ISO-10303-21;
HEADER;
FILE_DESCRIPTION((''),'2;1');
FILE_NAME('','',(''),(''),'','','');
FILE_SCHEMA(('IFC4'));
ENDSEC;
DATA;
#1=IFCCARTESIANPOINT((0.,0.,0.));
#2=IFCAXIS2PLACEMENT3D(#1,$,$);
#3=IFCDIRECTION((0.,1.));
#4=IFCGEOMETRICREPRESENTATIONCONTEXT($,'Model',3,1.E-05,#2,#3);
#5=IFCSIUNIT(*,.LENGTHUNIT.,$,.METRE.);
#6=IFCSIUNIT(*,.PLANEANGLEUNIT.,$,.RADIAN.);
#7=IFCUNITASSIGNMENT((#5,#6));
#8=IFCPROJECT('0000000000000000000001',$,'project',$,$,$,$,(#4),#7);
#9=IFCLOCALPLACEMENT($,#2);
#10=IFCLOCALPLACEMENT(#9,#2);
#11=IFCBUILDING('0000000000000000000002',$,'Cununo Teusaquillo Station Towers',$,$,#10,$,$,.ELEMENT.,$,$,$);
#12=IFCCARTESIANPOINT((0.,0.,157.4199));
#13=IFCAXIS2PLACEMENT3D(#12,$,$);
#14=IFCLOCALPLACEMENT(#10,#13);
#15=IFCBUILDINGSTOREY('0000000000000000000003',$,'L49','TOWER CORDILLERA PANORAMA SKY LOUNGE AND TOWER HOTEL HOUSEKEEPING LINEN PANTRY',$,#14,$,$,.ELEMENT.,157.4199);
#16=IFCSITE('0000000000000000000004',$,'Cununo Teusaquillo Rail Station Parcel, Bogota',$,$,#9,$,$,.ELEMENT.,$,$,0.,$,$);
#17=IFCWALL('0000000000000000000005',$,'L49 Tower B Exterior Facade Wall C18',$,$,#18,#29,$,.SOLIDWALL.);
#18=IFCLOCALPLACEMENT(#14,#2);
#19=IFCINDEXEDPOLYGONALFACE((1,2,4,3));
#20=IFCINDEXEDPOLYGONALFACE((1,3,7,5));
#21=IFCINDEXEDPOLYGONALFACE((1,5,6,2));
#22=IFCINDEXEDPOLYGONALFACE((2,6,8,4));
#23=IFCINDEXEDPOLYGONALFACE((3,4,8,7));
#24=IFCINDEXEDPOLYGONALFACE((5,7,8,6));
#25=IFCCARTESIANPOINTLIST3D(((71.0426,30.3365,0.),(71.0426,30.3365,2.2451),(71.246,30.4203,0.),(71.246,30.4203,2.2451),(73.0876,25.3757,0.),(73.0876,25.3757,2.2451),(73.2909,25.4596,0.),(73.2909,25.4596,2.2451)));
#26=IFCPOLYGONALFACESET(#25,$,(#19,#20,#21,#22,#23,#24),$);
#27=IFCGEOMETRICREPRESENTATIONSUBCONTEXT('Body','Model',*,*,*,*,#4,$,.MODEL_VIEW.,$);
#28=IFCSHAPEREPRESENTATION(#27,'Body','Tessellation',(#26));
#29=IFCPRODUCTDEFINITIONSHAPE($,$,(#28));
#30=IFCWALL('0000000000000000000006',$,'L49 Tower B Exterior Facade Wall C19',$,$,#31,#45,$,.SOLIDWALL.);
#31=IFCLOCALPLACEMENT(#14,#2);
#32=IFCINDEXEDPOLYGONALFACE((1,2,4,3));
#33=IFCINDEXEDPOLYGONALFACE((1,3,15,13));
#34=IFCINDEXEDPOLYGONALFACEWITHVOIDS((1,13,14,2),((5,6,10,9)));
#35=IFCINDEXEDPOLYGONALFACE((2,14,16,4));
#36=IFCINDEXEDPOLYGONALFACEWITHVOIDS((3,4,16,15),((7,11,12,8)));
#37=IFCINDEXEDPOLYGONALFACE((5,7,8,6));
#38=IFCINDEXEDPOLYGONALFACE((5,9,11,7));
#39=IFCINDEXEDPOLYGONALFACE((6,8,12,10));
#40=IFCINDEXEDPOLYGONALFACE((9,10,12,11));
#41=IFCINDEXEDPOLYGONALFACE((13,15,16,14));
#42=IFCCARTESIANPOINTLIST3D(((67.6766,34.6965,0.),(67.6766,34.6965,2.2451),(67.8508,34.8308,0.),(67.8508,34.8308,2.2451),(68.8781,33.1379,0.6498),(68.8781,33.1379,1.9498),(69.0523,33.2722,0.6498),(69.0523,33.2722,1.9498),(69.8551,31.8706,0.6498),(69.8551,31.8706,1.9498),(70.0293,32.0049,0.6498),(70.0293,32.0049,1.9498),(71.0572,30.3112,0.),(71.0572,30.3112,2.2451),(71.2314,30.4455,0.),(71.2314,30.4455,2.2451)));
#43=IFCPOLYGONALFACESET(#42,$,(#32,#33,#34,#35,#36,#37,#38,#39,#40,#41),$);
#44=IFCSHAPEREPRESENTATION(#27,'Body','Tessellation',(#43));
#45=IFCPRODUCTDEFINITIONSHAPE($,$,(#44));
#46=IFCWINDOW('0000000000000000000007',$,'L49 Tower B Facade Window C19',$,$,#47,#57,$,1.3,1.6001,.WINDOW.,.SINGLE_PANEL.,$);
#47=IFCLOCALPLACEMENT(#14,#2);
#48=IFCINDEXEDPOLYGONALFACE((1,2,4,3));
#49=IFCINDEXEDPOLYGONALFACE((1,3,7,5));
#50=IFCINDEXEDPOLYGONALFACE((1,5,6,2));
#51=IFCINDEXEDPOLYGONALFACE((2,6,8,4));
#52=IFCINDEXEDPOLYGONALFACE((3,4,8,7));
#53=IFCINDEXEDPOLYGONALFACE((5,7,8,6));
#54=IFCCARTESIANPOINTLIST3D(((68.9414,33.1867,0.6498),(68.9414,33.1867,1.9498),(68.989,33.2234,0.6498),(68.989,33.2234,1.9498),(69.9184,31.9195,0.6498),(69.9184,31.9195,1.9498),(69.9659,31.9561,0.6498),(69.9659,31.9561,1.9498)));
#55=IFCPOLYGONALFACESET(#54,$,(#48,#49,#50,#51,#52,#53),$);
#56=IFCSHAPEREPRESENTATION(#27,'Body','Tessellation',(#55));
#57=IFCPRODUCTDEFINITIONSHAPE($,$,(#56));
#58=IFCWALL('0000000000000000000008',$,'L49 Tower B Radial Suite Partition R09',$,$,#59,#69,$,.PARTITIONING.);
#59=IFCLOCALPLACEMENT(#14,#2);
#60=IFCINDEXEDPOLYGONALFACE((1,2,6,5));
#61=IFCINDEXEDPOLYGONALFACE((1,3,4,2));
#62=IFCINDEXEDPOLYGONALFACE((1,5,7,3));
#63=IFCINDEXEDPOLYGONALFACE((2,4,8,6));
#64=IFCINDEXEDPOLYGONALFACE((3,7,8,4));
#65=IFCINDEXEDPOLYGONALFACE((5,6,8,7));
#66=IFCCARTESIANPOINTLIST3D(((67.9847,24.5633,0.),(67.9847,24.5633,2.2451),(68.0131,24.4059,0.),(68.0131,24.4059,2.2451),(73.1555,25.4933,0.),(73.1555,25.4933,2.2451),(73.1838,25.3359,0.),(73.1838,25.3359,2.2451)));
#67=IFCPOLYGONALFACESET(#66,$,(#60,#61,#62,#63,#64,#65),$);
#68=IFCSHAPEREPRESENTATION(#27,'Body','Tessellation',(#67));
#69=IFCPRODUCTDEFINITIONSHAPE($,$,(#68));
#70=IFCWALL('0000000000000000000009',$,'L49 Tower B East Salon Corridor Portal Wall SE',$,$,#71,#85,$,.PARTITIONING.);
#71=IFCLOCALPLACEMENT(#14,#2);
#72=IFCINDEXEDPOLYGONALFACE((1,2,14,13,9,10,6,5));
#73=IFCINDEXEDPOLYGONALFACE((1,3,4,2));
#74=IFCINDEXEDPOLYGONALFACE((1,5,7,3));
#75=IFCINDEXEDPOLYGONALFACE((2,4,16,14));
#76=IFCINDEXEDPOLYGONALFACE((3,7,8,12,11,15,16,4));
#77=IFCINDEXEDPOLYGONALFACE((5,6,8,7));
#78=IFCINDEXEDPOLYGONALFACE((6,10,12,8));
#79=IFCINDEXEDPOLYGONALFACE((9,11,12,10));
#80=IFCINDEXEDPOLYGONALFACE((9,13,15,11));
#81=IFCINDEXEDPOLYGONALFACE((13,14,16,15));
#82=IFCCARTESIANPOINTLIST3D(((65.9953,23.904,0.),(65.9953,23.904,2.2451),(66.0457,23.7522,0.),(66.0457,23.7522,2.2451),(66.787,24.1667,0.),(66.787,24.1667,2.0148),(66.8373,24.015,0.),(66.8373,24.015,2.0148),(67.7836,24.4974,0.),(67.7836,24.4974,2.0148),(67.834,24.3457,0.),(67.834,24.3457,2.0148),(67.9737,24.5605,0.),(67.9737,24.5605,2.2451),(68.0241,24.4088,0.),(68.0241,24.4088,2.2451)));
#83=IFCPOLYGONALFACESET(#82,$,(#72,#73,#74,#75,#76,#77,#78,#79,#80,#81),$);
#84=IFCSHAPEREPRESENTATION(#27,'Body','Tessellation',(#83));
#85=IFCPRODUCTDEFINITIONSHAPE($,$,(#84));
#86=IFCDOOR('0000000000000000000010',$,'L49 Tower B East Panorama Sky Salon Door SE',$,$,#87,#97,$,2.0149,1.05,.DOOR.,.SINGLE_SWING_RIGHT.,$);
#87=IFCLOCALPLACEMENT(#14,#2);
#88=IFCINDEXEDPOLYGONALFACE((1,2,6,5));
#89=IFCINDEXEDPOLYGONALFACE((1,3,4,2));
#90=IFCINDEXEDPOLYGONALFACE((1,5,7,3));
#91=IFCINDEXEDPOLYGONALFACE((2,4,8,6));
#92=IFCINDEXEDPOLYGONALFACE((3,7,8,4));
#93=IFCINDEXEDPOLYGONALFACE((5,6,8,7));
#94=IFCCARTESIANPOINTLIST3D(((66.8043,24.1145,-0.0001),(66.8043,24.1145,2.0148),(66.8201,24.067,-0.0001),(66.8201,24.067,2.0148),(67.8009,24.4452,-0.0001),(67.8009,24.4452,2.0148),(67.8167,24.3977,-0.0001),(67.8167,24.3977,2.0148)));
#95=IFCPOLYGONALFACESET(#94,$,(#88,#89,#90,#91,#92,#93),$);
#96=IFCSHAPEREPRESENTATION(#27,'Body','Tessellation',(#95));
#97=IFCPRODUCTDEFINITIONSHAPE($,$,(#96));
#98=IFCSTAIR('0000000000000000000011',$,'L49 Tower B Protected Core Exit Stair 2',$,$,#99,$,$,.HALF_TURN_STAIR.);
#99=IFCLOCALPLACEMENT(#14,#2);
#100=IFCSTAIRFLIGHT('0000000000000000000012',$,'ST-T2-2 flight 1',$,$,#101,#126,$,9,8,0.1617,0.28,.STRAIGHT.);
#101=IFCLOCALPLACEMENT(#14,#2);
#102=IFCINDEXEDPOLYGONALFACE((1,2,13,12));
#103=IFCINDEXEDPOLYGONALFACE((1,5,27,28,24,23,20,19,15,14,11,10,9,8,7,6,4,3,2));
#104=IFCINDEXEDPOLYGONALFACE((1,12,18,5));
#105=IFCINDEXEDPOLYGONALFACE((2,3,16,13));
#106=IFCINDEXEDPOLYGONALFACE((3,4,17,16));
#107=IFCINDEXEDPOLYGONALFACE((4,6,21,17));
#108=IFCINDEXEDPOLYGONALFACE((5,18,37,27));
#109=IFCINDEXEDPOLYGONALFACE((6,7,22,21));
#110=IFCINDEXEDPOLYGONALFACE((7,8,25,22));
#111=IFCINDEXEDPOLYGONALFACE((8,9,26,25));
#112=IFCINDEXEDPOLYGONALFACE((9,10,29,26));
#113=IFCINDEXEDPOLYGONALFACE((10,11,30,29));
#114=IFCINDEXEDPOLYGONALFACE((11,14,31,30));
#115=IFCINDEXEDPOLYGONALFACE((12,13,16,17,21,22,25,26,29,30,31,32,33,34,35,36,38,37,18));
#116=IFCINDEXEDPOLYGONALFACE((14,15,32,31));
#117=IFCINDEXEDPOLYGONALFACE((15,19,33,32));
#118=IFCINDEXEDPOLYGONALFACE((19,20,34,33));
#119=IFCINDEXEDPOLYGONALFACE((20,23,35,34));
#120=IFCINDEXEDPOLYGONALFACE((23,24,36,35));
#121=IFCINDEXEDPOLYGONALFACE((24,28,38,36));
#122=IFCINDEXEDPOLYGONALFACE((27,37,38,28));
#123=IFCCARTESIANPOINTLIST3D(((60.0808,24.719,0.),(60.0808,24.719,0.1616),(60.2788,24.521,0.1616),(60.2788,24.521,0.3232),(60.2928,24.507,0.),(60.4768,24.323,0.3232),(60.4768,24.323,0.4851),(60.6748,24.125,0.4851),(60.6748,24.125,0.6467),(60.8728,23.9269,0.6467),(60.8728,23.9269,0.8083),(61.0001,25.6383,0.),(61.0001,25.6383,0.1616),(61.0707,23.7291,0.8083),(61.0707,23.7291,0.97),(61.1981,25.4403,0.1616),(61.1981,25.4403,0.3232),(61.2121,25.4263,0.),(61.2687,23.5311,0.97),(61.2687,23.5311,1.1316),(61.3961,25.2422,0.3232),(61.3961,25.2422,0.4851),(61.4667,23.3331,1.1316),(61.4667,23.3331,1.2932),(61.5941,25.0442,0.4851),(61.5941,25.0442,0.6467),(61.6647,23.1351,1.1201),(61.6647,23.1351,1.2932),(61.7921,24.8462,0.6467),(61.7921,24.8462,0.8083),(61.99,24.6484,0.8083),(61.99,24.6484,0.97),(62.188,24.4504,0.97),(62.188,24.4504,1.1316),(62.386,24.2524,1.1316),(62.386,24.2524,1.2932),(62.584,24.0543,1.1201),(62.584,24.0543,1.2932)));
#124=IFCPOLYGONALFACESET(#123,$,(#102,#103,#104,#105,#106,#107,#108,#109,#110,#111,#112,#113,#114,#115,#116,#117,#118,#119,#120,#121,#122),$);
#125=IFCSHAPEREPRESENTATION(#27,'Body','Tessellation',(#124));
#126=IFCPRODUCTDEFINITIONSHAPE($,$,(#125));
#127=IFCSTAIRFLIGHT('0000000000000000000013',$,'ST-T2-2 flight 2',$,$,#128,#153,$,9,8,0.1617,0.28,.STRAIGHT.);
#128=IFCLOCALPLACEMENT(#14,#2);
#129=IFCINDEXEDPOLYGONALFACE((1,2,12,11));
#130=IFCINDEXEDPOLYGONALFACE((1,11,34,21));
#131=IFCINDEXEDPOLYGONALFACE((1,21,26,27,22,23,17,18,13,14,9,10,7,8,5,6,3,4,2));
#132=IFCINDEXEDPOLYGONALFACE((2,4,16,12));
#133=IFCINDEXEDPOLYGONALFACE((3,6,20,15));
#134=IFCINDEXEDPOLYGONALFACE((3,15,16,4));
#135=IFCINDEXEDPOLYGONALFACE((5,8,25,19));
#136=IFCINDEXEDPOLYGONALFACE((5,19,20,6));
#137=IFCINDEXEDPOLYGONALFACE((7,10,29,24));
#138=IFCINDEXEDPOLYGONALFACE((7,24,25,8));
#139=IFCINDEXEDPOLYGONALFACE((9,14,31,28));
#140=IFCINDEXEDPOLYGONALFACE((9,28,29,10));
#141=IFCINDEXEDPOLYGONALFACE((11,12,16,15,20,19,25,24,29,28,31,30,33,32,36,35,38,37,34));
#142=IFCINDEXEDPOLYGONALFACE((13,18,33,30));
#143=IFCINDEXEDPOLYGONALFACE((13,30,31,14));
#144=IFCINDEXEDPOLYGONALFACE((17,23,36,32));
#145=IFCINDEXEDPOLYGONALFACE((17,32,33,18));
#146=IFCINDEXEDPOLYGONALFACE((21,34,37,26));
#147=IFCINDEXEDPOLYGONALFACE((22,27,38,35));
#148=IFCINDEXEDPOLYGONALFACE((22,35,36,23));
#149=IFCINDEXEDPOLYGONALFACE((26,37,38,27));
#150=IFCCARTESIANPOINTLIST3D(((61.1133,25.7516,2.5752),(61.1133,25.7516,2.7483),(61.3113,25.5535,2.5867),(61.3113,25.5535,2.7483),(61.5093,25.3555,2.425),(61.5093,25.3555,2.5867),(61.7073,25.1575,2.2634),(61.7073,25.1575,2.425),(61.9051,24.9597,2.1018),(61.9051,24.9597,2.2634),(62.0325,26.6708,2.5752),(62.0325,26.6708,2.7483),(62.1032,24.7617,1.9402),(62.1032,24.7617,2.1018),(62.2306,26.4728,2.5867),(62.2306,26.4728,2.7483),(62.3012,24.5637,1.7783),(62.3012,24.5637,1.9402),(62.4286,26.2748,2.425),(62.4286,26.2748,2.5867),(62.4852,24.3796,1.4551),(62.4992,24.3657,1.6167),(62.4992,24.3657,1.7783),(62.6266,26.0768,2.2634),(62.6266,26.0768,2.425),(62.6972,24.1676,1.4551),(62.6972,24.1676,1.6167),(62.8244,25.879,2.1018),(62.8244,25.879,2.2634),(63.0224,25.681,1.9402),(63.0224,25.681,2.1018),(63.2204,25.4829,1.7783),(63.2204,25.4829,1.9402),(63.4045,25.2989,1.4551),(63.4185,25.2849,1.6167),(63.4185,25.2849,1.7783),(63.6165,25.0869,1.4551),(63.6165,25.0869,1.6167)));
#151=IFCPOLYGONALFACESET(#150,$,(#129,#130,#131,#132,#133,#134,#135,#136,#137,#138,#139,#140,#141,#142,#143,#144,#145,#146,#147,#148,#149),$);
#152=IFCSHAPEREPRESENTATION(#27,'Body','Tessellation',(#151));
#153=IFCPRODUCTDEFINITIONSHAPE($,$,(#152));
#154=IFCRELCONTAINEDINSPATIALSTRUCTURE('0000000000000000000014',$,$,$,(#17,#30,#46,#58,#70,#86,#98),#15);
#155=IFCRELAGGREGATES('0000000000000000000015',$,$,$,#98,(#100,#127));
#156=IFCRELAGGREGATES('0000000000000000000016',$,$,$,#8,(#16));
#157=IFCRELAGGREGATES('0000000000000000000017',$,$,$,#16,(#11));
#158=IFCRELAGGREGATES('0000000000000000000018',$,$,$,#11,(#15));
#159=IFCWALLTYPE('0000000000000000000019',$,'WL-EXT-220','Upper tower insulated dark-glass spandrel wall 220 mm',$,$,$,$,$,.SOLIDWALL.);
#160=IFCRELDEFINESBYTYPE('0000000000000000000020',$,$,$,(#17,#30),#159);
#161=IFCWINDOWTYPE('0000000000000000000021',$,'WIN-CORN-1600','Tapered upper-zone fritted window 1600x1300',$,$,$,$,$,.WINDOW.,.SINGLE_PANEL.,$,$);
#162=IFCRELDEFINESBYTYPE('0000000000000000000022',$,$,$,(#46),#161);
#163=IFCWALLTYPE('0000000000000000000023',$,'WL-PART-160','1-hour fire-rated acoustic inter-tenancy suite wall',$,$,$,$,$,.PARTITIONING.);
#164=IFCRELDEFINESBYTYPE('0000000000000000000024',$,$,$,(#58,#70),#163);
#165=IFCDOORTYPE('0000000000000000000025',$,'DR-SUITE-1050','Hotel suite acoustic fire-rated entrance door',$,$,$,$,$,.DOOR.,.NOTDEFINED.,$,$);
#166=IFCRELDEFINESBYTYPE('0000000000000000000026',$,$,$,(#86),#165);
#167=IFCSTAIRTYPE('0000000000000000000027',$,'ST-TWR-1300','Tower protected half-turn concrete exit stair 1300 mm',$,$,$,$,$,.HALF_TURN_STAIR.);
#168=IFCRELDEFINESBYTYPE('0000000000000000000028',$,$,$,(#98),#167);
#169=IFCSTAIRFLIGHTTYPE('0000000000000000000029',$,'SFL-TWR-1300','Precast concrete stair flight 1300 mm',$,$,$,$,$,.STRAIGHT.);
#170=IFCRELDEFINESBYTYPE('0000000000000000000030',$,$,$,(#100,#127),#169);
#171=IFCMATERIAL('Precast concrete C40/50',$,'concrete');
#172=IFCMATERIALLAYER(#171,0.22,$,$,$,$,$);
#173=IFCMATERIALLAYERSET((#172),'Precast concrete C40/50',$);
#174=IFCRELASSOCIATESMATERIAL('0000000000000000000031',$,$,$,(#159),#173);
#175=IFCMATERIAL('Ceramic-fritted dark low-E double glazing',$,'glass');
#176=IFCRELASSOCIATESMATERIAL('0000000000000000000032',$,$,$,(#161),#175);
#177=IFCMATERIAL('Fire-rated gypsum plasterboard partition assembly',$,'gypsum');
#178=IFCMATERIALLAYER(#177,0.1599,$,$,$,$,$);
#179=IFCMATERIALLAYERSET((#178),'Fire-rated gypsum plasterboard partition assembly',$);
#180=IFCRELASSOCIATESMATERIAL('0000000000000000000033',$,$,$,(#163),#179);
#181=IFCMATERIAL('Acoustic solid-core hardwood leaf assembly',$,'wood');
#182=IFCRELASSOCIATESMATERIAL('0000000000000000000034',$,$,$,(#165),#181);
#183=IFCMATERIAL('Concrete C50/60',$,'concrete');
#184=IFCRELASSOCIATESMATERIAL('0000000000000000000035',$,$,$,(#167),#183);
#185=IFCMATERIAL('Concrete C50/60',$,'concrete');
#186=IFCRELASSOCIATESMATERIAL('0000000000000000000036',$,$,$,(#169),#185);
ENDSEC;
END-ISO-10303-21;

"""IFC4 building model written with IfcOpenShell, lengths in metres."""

from ifc_helpers import new_model, si_unit, direction, frame, frame_2d, origin, place, context, subcontext, project, spatial, polyline, rectangle, outline, extrude, source, transform, mapped, material, layer, layer_set, type_object, element, fill, aggregate, save


model = new_model("IFC4")

# Units and contexts
model_context = context("Model", 3, precision=1e-05, world=origin(), true_north=direction((0.0, 1.0)))
body_context = subcontext(model_context, "Body", "Model", "MODEL_VIEW")
ifc_project = project(units=[si_unit("LENGTHUNIT", "METRE"), si_unit("PLANEANGLEUNIT", "RADIAN")], contexts=[model_context])

# Site, building, storey
site_placement = place(None, origin())
site = spatial("IfcSite", under=ifc_project, at=site_placement, Name="Cununo Teusaquillo Rail Station Parcel, Bogota", CompositionType="ELEMENT", RefElevation=0.0)
building_placement = place(site_placement, origin())
building = spatial("IfcBuilding", under=site, at=building_placement, Name="Cununo Teusaquillo Station Towers", CompositionType="ELEMENT")
storey_placement = place(building_placement, frame((0.0, 0.0, 157.4199)))
storey = spatial("IfcBuildingStorey", under=building, at=storey_placement, Name="L49", Description="TOWER CORDILLERA PANORAMA SKY LOUNGE AND TOWER HOTEL HOUSEKEEPING LINEN PANTRY", CompositionType="ELEMENT", Elevation=157.4199)

# Shared definitions
ifc_material_1 = material(Name="Precast concrete C40/50", Category="concrete")
ifc_layer_1 = layer(ifc_material_1, 0.22)
ifc_layer_set_1 = layer_set([ifc_layer_1], Name="Precast concrete C40/50")
wall_type_1 = type_object("IfcWallType", Name="WL-EXT-220", Description="Upper tower insulated dark-glass spandrel wall 220 mm", PredefinedType="SOLIDWALL", material=ifc_layer_set_1)
shared_shape_1 = source(origin(), body_context, "Body", "SweptSolid", [
    extrude(rectangle(XDim=1.6001, YDim=1.3, at=frame_2d((0.8, 0.6499))), frame((0.0, 0.1199, 0.0), z_axis=(0.0, -1.0, 0.0), x_axis=(1.0, 0.0, 0.0)), (0.0, 0.0, 1.0), 0.24),
])
ifc_material_2 = material(Name="Ceramic-fritted dark low-E double glazing", Category="glass")
window_type = type_object("IfcWindowType", Name="WIN-CORN-1600", Description="Tapered upper-zone fritted window 1600x1300", PartitioningType="SINGLE_PANEL", PredefinedType="WINDOW", material=ifc_material_2)
shared_shape_2 = source(origin(), body_context, "Body", "SweptSolid", [
    extrude(rectangle(XDim=1.6001, YDim=1.3, at=frame_2d((0.8, 0.6499))), frame((0.0, 0.03, 0.0), z_axis=(0.0, -1.0, 0.0), x_axis=(1.0, 0.0, 0.0)), (0.0, 0.0, 1.0), 0.0601),
])

# Wall
wall_1_placement = place(storey_placement, frame((71.1443, 30.3784, 0.0), z_axis=(0.0, 0.0, 1.0), x_axis=(0.381114, -0.924528, 0.0)))
element("IfcWall", 1, at=wall_1_placement, inside=storey, type_object=wall_type_1, Name="L49 Tower B Exterior Facade Wall C18", PredefinedType="SOLIDWALL", context=body_context, shape_type="SweptSolid", body=[
    extrude(rectangle(XDim=5.3657, YDim=0.22, at=frame_2d((2.6829, 0.0))), origin(), (0.0, 0.0, 1.0), 2.2451),
])

# Wall, opening, window
wall_2_placement = place(storey_placement, frame((67.7637, 34.7637, 0.0), z_axis=(0.0, 0.0, 1.0), x_axis=(0.610544, -0.791983, 0.0)))
wall_2 = element("IfcWall", 2, at=wall_2_placement, inside=storey, type_object=wall_type_1, Name="L49 Tower B Exterior Facade Wall C19", PredefinedType="SOLIDWALL", context=body_context, shape_type="SweptSolid", body=[
    extrude(rectangle(XDim=5.5371, YDim=0.22, at=frame_2d((2.7686, 0.0))), origin(), (0.0, 0.0, 1.0), 2.2451),
])
opening_1_placement = place(wall_2_placement, frame((1.968, 0.0, 0.6499)))
opening_1 = element("IfcOpeningElement", 3, at=opening_1_placement, cuts=wall_2, PredefinedType="OPENING", context=body_context, shape_type="MappedRepresentation", body=[
    mapped(shared_shape_1, transform((0.0, 0.0, 0.0), x_axis=(1.0, 0.0, 0.0), y_axis=(0.0, 1.0, 0.0), z_axis=(0.0, 0.0, 1.0), scale=1.0)),
])
window_1_placement = place(opening_1_placement, origin())
window_1 = element("IfcWindow", 4, at=window_1_placement, inside=storey, type_object=window_type, Name="L49 Tower B Facade Window C19", OverallHeight=1.3, OverallWidth=1.6001, PartitioningType="SINGLE_PANEL", PredefinedType="WINDOW", context=body_context, shape_type="MappedRepresentation", body=[
    mapped(shared_shape_2, transform((0.0, 0.0, 0.0), x_axis=(1.0, 0.0, 0.0), y_axis=(0.0, 1.0, 0.0), z_axis=(0.0, 0.0, 1.0), scale=1.0)),
])
fill(opening_1, window_1)

# Wall
ifc_material_3 = material(Name="Fire-rated gypsum plasterboard partition assembly", Category="gypsum")
ifc_layer_2 = layer(ifc_material_3, 0.1599)
ifc_layer_set_2 = layer_set([ifc_layer_2], Name="Fire-rated gypsum plasterboard partition assembly")
wall_type_2 = type_object("IfcWallType", Name="WL-PART-160", Description="1-hour fire-rated acoustic inter-tenancy suite wall", PredefinedType="PARTITIONING", material=ifc_layer_set_2)
wall_3_placement = place(storey_placement, frame((67.9988, 24.4846, 0.0), z_axis=(0.0, 0.0, 1.0), x_axis=(0.984209, 0.177008, 0.0)))
element("IfcWall", 5, at=wall_3_placement, inside=storey, type_object=wall_type_2, Name="L49 Tower B Radial Suite Partition R09", PredefinedType="PARTITIONING", context=body_context, shape_type="SweptSolid", body=[
    extrude(rectangle(XDim=5.2537, YDim=0.1599, at=frame_2d((2.627, 0.0))), origin(), (0.0, 0.0, 1.0), 2.2451),
])

# Wall, opening, door
wall_4_placement = place(storey_placement, frame((66.0205, 23.8281, 0.0), z_axis=(0.0, 0.0, 1.0), x_axis=(0.949104, 0.314962, 0.0)))
wall_4 = element("IfcWall", 6, at=wall_4_placement, inside=storey, type_object=wall_type_2, Name="L49 Tower B East Salon Corridor Portal Wall SE", PredefinedType="PARTITIONING", context=body_context, shape_type="SweptSolid", body=[
    extrude(rectangle(XDim=2.0845, YDim=0.1599, at=frame_2d((1.0422, 0.0))), origin(), (0.0, 0.0, 1.0), 2.2451),
])
shared_shape_3 = source(origin(), body_context, "Body", "SweptSolid", [
    extrude(rectangle(XDim=1.05, YDim=2.0149, at=frame_2d((0.5249, 1.0073))), frame((0.0, 0.0898, 0.0), z_axis=(0.0, -1.0, 0.0), x_axis=(1.0, 0.0, 0.0)), (0.0, 0.0, 1.0), 0.1799),
])
opening_2_placement = place(wall_4_placement, frame((0.8342, 0.0, 0.0)))
opening_2 = element("IfcOpeningElement", 7, at=opening_2_placement, cuts=wall_4, PredefinedType="OPENING", context=body_context, shape_type="MappedRepresentation", body=[
    mapped(shared_shape_3, transform((0.0, 0.0, 0.0), x_axis=(1.0, 0.0, 0.0), y_axis=(0.0, 1.0, 0.0), z_axis=(0.0, 0.0, 1.0), scale=1.0)),
])
ifc_material_4 = material(Name="Acoustic solid-core hardwood leaf assembly", Category="wood")
door_type = type_object("IfcDoorType", Name="DR-SUITE-1050", Description="Hotel suite acoustic fire-rated entrance door", OperationType="NOTDEFINED", PredefinedType="DOOR", material=ifc_material_4)
shared_shape_4 = source(origin(), body_context, "Body", "SweptSolid", [
    extrude(rectangle(XDim=1.05, YDim=2.0149, at=frame_2d((0.5249, 1.0073))), frame((0.0, 0.0249, 0.0), z_axis=(0.0, -1.0, 0.0), x_axis=(1.0, 0.0, 0.0)), (0.0, 0.0, 1.0), 0.05),
])
door_placement = place(opening_2_placement, origin())
door = element("IfcDoor", 8, at=door_placement, inside=storey, type_object=door_type, Name="L49 Tower B East Panorama Sky Salon Door SE", OperationType="SINGLE_SWING_RIGHT", OverallHeight=2.0149, OverallWidth=1.05, PredefinedType="DOOR", context=body_context, shape_type="MappedRepresentation", body=[
    mapped(shared_shape_4, transform((0.0, 0.0, 0.0), x_axis=(1.0, 0.0, 0.0), y_axis=(0.0, 1.0, 0.0), z_axis=(0.0, 0.0, 1.0), scale=1.0)),
])
fill(opening_2, door)

# Stair, stair flights
ifc_material_5 = material(Name="Concrete C50/60", Category="concrete")
stair_type = type_object("IfcStairType", Name="ST-TWR-1300", Description="Tower protected half-turn concrete exit stair 1300 mm", PredefinedType="HALF_TURN_STAIR", material=ifc_material_5)
stair_placement = place(storey_placement, origin())
stair = element("IfcStair", 9, at=stair_placement, inside=storey, type_object=stair_type, Name="L49 Tower B Protected Core Exit Stair 2", PredefinedType="HALF_TURN_STAIR")
ifc_material_6 = material(Name="Concrete C50/60", Category="concrete")
stair_flight_type = type_object("IfcStairFlightType", Name="SFL-TWR-1300", Description="Precast concrete stair flight 1300 mm", PredefinedType="STRAIGHT", material=ifc_material_6)
stair_flight_1_placement = place(storey_placement, frame((60.5405, 25.1787, 0.0), z_axis=(0.0, 0.0, 1.0), x_axis=(0.707107, -0.707107, 0.0)))
stair_flight_1 = element("IfcStairFlight", 10, at=stair_flight_1_placement, type_object=stair_flight_type, Name="ST-T2-2 flight 1", NumberOfRisers=9, NumberOfTreads=8, PredefinedType="STRAIGHT", RiserHeight=0.1617, TreadLength=0.28, context=body_context, shape_type="SweptSolid", body=[
    extrude(outline(polyline([(0.0, 0.0), (0.0, 0.1616), (0.28, 0.1616), (0.28, 0.3232), (0.5601, 0.3232), (0.5601, 0.4851), (0.8401, 0.4851), (0.8401, 0.6467), (1.1201, 0.6467), (1.1201, 0.8083), (1.3999, 0.8083), (1.3999, 0.97), (1.6799, 0.97), (1.6799, 1.1316), (1.96, 1.1316), (1.96, 1.2932), (2.24, 1.2932), (2.24, 1.4551), (2.24, 1.1201), (0.2998, 0.0), (0.0, 0.0)])), frame((0.0, 0.6499, 0.0), z_axis=(0.0, -1.0, 0.0), x_axis=(1.0, 0.0, 0.0)), (0.0, 0.0, 1.0), 1.3),
])
stair_flight_2_placement = place(storey_placement, frame((63.1567, 24.6272, 1.4551), z_axis=(0.0, 0.0, 1.0), x_axis=(-0.707107, 0.707107, 0.0)))
stair_flight_2 = element("IfcStairFlight", 11, at=stair_flight_2_placement, type_object=stair_flight_type, Name="ST-T2-2 flight 2", NumberOfRisers=9, NumberOfTreads=8, PredefinedType="STRAIGHT", RiserHeight=0.1617, TreadLength=0.28, context=body_context, shape_type="SweptSolid", body=[
    extrude(outline(polyline([(0.0, 0.0), (0.0, 0.1616), (0.28, 0.1616), (0.28, 0.3232), (0.5601, 0.3232), (0.5601, 0.4851), (0.8401, 0.4851), (0.8401, 0.6467), (1.1201, 0.6467), (1.1201, 0.8083), (1.3999, 0.8083), (1.3999, 0.97), (1.6799, 0.97), (1.6799, 1.1316), (1.96, 1.1316), (1.96, 1.2932), (2.24, 1.2932), (2.24, 1.4551), (2.24, 1.1201), (0.2998, 0.0), (0.0, 0.0)])), frame((0.0, 0.6499, 0.0), z_axis=(0.0, -1.0, 0.0), x_axis=(1.0, 0.0, 0.0)), (0.0, 0.0, 1.0), 1.3),
])
aggregate(stair, [stair_flight_1, stair_flight_2])

save(model, "model.ifc")
